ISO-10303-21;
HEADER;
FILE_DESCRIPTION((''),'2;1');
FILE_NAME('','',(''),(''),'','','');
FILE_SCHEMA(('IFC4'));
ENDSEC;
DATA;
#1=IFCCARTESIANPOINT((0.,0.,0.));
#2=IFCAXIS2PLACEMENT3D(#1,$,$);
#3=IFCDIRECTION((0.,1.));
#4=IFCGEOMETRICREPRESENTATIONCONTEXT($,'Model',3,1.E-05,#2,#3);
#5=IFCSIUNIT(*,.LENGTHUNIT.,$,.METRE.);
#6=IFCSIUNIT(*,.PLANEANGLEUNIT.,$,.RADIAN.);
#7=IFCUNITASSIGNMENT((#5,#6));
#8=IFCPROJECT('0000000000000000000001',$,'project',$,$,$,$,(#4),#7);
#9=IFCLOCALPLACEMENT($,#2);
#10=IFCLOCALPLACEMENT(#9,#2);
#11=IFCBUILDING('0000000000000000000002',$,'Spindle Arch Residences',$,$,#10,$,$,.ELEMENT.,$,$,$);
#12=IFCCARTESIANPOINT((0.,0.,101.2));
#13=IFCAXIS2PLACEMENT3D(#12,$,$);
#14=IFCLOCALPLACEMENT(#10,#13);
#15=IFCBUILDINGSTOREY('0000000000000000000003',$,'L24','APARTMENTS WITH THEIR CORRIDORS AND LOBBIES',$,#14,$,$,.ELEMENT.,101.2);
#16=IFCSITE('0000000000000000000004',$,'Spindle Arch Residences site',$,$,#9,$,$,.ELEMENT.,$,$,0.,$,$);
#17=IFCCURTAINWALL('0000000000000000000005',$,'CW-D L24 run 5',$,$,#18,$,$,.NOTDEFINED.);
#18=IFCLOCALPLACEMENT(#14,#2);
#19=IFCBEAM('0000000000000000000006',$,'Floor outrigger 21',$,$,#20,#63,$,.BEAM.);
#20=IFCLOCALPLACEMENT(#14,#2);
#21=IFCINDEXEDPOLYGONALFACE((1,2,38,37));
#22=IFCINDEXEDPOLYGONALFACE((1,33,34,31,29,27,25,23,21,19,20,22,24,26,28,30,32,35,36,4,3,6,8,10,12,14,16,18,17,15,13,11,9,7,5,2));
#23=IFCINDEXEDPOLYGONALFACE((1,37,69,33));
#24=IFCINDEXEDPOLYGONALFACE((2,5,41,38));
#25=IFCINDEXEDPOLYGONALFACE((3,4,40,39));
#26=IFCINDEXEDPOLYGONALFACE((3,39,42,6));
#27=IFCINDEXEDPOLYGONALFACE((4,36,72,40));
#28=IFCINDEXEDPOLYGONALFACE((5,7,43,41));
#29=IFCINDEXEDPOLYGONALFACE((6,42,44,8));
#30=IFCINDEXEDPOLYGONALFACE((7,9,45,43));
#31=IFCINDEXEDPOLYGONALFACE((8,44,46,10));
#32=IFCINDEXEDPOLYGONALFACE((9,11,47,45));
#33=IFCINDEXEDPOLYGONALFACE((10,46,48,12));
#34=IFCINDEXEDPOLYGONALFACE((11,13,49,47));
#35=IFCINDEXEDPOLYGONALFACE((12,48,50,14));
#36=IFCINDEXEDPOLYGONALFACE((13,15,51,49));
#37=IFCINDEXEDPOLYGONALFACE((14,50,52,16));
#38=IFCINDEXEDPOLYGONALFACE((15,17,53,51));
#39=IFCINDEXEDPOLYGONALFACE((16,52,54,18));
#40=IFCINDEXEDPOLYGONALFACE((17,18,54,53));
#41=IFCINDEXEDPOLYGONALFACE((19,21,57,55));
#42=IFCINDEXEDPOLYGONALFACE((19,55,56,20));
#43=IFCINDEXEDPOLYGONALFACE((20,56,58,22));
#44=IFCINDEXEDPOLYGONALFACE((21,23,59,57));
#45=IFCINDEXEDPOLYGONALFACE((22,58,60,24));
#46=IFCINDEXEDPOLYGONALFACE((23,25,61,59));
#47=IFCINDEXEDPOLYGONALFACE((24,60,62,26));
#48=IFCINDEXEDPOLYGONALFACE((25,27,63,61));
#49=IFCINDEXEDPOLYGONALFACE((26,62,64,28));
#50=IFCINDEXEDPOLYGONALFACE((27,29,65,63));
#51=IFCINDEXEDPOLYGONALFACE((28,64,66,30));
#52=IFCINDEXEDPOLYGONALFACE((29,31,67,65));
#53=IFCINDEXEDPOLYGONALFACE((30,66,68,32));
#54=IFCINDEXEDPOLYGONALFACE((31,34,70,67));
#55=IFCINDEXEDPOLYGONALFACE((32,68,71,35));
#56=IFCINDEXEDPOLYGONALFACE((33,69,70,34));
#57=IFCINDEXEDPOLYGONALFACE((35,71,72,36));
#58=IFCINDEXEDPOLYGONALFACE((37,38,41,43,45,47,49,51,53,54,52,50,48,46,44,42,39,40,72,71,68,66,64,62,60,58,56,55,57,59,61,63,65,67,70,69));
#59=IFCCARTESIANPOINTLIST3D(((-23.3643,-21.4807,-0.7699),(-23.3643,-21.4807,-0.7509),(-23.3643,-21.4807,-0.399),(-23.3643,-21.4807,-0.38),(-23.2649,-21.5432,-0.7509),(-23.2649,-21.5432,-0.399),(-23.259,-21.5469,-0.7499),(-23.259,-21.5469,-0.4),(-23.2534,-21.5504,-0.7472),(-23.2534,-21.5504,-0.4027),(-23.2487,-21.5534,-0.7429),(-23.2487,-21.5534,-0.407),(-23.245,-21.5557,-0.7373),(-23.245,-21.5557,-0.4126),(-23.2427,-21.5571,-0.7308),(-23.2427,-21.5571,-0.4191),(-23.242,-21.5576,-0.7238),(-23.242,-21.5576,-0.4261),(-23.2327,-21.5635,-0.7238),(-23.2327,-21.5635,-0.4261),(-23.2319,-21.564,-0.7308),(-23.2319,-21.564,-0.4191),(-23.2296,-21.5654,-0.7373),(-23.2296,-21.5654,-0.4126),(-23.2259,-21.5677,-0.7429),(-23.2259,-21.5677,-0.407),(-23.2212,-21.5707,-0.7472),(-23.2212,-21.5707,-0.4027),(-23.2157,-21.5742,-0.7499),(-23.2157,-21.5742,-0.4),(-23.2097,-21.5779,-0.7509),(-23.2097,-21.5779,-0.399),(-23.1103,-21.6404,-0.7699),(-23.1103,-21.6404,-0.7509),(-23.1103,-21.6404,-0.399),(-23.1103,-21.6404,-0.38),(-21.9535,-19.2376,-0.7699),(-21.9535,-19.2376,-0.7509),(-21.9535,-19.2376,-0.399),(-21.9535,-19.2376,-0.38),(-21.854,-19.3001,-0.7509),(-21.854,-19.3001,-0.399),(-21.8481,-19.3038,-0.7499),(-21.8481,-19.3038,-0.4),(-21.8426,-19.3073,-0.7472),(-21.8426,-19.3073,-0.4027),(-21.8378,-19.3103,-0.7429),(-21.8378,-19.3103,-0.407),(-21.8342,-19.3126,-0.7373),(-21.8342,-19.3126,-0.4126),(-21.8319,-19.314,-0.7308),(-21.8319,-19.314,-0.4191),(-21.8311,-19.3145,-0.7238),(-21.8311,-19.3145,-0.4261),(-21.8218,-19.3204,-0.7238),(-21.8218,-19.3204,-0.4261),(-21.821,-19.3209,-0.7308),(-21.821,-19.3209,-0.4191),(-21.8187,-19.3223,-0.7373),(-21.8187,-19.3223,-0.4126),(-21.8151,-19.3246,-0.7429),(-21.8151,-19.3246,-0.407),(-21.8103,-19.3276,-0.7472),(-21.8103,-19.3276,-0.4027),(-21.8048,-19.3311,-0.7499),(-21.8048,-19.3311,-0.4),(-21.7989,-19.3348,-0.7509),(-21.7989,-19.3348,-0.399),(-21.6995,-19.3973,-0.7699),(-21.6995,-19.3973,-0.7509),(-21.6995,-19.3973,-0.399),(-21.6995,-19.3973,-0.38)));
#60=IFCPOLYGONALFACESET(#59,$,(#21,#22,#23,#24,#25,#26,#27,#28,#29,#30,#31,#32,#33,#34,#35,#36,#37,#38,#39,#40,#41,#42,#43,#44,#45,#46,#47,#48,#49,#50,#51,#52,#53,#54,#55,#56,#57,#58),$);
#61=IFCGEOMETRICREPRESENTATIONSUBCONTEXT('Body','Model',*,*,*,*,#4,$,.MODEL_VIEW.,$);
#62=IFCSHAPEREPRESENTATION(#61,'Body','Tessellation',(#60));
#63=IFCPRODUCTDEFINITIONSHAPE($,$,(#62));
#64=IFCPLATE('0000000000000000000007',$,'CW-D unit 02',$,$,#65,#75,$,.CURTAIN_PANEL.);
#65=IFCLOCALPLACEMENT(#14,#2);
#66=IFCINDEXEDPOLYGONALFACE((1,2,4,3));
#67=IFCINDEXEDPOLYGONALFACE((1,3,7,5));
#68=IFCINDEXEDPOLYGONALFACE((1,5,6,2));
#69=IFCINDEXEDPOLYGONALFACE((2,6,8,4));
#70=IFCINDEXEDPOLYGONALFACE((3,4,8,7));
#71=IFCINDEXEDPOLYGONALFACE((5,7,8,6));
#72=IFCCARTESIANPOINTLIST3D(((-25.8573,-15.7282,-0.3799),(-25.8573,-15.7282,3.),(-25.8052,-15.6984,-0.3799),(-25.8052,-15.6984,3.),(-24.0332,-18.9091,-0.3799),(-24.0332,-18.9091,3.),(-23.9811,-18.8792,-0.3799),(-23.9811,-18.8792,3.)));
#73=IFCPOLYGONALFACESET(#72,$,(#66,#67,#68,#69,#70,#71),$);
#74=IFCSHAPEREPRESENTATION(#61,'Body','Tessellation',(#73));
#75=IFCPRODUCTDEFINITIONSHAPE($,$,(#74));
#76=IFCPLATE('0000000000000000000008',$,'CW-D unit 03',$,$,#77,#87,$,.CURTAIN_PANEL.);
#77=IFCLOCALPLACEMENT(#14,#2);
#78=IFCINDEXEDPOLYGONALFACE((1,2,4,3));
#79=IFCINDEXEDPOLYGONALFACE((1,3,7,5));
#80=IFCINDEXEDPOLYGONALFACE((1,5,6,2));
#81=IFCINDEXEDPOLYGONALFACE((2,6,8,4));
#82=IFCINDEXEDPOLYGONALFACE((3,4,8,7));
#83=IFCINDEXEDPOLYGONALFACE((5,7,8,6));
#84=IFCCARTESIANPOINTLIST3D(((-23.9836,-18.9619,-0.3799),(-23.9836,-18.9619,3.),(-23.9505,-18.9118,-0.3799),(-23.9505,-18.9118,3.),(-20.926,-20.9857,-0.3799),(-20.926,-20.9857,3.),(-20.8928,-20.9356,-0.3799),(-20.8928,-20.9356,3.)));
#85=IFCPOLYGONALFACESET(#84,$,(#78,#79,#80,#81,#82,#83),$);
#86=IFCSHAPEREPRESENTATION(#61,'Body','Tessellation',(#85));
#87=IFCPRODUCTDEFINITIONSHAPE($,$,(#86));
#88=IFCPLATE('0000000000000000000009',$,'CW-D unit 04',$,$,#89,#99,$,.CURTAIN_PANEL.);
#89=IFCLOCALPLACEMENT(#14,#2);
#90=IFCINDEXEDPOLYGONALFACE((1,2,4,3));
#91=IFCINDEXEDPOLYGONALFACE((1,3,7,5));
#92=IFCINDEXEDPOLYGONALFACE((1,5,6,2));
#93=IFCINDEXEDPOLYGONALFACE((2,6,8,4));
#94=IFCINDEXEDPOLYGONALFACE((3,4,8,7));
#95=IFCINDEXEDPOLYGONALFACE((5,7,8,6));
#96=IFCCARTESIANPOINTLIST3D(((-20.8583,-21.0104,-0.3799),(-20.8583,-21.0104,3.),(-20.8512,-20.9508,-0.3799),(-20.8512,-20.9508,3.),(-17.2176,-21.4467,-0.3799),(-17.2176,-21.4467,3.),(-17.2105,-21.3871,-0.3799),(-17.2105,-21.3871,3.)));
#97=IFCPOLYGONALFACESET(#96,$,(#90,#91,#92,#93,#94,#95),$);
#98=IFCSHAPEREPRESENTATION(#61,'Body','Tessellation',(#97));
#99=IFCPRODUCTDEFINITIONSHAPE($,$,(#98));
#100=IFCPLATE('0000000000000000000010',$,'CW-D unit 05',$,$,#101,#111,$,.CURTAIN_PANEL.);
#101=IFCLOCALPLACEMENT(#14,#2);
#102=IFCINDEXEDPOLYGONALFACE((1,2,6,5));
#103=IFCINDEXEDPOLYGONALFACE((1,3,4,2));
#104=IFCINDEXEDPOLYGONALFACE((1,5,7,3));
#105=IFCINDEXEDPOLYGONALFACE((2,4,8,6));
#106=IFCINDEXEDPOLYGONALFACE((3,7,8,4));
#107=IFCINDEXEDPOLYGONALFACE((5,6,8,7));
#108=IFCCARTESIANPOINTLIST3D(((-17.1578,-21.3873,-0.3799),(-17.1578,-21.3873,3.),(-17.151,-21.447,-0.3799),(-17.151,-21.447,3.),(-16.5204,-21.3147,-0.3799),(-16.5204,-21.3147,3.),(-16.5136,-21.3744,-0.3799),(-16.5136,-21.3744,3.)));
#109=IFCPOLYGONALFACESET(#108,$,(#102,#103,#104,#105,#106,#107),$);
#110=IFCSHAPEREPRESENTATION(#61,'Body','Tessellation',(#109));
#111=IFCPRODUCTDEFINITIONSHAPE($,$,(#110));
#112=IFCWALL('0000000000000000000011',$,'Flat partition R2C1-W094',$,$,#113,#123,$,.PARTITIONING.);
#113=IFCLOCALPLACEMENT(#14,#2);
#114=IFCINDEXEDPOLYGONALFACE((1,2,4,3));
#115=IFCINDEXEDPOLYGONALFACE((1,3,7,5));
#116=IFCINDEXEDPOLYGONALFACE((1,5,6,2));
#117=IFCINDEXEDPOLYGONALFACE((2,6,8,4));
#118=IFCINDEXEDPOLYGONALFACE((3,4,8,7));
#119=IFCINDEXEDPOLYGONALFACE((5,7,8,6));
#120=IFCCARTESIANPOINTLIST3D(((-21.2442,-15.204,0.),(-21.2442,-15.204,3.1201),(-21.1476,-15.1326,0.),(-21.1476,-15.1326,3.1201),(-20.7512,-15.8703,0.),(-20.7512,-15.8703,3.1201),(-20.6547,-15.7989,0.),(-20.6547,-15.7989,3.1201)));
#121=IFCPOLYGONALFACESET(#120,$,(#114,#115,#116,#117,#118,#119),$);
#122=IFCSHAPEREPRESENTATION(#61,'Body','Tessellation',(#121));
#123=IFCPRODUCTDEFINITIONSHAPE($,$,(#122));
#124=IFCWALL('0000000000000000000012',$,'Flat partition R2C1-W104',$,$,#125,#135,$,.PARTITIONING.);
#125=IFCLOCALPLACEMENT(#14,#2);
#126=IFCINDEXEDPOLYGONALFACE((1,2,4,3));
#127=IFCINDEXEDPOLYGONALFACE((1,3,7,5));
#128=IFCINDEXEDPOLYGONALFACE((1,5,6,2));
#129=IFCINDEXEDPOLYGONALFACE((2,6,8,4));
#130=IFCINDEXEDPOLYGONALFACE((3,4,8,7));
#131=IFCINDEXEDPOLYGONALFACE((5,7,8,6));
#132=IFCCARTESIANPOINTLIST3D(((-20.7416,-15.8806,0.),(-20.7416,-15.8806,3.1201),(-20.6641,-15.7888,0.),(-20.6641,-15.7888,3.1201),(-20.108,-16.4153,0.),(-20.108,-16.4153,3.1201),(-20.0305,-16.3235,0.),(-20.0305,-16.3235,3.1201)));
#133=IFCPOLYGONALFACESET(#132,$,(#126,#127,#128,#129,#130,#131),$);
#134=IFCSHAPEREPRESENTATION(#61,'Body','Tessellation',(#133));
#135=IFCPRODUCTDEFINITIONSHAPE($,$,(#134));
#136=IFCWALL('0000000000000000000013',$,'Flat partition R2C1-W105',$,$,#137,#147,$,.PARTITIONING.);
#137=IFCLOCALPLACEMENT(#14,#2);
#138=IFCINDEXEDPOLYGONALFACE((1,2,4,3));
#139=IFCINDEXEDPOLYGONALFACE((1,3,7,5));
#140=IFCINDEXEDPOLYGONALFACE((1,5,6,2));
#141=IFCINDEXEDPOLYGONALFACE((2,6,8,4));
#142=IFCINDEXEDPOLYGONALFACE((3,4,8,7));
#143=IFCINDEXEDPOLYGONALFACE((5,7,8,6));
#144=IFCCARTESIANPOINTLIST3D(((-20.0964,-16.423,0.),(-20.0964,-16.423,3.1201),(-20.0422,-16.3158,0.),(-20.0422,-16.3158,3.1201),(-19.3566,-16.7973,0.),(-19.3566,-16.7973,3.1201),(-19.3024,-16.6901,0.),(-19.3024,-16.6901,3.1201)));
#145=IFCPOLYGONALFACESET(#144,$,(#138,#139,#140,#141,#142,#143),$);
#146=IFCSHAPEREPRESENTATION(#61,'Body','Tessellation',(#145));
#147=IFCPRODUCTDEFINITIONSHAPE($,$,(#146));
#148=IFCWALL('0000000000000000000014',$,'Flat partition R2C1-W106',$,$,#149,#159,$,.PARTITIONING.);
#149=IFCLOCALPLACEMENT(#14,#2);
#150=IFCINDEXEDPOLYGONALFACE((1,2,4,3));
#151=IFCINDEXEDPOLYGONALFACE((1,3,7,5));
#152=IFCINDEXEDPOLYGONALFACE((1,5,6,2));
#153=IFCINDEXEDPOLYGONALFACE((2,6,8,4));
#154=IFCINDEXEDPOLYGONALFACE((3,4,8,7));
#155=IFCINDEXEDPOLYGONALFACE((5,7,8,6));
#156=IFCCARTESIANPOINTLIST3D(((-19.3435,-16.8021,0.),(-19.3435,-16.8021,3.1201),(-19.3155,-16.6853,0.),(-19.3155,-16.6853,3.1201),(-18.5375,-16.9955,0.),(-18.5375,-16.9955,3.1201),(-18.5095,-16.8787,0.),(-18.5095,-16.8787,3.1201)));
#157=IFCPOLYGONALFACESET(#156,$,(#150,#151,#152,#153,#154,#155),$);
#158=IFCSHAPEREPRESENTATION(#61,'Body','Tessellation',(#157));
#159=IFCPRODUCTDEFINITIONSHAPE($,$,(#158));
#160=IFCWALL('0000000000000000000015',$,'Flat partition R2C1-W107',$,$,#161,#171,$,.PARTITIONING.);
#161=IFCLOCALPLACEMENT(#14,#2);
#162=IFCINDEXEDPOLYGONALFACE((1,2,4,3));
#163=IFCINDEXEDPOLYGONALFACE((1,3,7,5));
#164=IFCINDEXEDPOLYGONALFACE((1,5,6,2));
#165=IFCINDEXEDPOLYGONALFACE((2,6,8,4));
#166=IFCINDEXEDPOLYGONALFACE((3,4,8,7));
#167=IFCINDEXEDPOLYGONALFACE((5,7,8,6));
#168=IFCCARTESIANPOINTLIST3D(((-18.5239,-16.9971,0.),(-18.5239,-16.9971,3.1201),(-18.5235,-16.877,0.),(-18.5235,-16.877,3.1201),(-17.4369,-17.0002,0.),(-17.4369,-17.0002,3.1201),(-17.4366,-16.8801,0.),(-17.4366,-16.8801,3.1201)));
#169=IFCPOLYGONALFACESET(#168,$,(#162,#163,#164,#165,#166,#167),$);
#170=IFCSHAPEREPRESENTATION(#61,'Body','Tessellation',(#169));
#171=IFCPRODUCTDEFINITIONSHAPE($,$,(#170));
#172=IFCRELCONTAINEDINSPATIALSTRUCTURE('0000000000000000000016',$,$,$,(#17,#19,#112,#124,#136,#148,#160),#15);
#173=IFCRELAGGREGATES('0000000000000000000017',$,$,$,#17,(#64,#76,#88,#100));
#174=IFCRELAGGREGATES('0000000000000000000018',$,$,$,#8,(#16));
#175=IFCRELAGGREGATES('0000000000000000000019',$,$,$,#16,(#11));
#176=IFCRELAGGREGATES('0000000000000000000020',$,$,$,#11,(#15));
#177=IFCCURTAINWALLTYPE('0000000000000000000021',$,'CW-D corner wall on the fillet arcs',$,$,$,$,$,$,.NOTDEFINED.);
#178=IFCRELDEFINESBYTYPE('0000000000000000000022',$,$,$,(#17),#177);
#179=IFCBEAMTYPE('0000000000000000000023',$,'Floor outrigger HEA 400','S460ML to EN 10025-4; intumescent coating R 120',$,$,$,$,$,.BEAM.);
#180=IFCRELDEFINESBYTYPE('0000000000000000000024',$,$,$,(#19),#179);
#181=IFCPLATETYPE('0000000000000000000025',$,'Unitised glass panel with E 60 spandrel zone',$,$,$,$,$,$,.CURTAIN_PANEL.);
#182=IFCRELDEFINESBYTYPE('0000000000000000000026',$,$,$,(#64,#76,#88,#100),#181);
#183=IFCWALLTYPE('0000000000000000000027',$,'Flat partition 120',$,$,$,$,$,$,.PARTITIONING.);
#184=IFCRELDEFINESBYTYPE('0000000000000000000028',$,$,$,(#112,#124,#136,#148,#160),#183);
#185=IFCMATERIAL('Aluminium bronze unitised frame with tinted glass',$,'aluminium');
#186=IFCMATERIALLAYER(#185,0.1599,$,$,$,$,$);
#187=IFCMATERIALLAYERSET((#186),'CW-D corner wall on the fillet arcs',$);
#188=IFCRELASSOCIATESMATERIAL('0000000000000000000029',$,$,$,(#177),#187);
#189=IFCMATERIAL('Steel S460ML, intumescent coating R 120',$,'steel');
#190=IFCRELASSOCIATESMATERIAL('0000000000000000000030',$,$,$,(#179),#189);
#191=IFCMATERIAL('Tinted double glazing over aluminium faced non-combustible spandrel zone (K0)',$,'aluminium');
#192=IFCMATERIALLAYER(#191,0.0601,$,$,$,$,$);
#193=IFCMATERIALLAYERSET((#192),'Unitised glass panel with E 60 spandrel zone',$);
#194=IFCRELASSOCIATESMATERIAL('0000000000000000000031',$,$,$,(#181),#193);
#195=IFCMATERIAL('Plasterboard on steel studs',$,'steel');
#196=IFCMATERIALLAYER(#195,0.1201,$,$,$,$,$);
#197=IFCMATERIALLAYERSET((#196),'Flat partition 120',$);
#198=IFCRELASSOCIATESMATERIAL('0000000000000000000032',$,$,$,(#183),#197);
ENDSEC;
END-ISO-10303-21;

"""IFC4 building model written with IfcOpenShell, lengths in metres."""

from ifc_helpers import new_model, si_unit, direction, frame, frame_2d, origin, origin_2d, place, context, subcontext, project, spatial, rectangle, i_section, extrude, material, layer, layer_set, material_profile, profile_set, type_object, element, aggregate, save


model = new_model("IFC4")

# Units and contexts
model_context = context("Model", 3, precision=1e-05, world=origin(), true_north=direction((0.0, 1.0)))
body_context = subcontext(model_context, "Body", "Model", "MODEL_VIEW")
ifc_project = project(units=[si_unit("LENGTHUNIT", "METRE"), si_unit("PLANEANGLEUNIT", "RADIAN")], contexts=[model_context])

# Site, building, storey
site_placement = place(None, origin())
site = spatial("IfcSite", under=ifc_project, at=site_placement, Name="Spindle Arch Residences site", CompositionType="ELEMENT", RefElevation=0.0)
building_placement = place(site_placement, origin())
building = spatial("IfcBuilding", under=site, at=building_placement, Name="Spindle Arch Residences", CompositionType="ELEMENT")
storey_placement = place(building_placement, frame((0.0, 0.0, 101.2)))
storey = spatial("IfcBuildingStorey", under=building, at=storey_placement, Name="L24", Description="APARTMENTS WITH THEIR CORRIDORS AND LOBBIES", CompositionType="ELEMENT", Elevation=101.2)

# Curtain wall
ifc_material_1 = material(Name="Aluminium bronze unitised frame with tinted glass", Category="aluminium")
ifc_layer_1 = layer(ifc_material_1, 0.1599)
ifc_layer_set_1 = layer_set([ifc_layer_1], Name="CW-D corner wall on the fillet arcs")
curtain_wall_type_1 = type_object("IfcCurtainWallType", Name="CW-D corner wall on the fillet arcs", PredefinedType="NOTDEFINED", material=ifc_layer_set_1)
curtain_wall_1_placement = place(storey_placement, origin())
curtain_wall_1 = element("IfcCurtainWall", 1, at=curtain_wall_1_placement, inside=storey, type_object=curtain_wall_type_1, Name="CW-D L24 run 5", PredefinedType="NOTDEFINED")

# Beam
ifc_material_2 = material(Name="Steel S460ML, intumescent coating R 120", Category="steel")
ifc_material_profile_1 = material_profile(ifc_material_2, i_section(OverallWidth=0.3, OverallDepth=0.3899, WebThickness=0.011, FlangeThickness=0.019, FilletRadius=0.0271, at=origin_2d()), Name="HEA 400")
ifc_profile_set_1 = profile_set([ifc_material_profile_1], Name="Steel S460ML, intumescent coating R 120")
beam_type_1 = type_object("IfcBeamType", Name="Floor outrigger HEA 400", Description="S460ML to EN 10025-4; intumescent coating R 120", PredefinedType="BEAM", material=ifc_profile_set_1)
for number, where, z_axis, x_axis, name in (
    (2, (-23.2373, -21.5605, -0.575), (0.532415, 0.846484, 0.0), (-0.846484, 0.532415, 0.0), "Floor outrigger 21"),
):
    element("IfcBeam", number, at=place(storey_placement, frame(where, z_axis=z_axis, x_axis=x_axis)), inside=storey, type_object=beam_type_1, Name=name, PredefinedType="BEAM", context=body_context, shape_type="SweptSolid", body=[
        extrude(i_section(OverallWidth=0.3, OverallDepth=0.3899, WebThickness=0.011, FlangeThickness=0.019, FilletRadius=0.0271, at=origin_2d()), origin(), (0.0, 0.0, 1.0), 2.6499),
    ])

# Plates
ifc_material_3 = material(Name="Tinted double glazing over aluminium faced non-combustible spandrel zone (K0)", Category="aluminium")
ifc_layer_2 = layer(ifc_material_3, 0.0601)
ifc_layer_set_2 = layer_set([ifc_layer_2], Name="Unitised glass panel with E 60 spandrel zone")
plate_type = type_object("IfcPlateType", Name="Unitised glass panel with E 60 spandrel zone", PredefinedType="CURTAIN_PANEL", material=ifc_layer_set_2)
plate_1_placement = place(storey_placement, frame((-24.9192, -17.3037, -0.3799), z_axis=(0.0, 0.0, 1.0), x_axis=(0.497479, -0.867476, 0.0)))
plate_1 = element("IfcPlate", 3, at=plate_1_placement, type_object=plate_type, Name="CW-D unit 02", PredefinedType="CURTAIN_PANEL", context=body_context, shape_type="SweptSolid", body=[
    extrude(rectangle(XDim=3.6667, YDim=0.0601, at=origin_2d()), origin(), (0.0, 0.0, 1.0), 3.3799),
])
plate_2_placement = place(storey_placement, frame((-22.4382, -19.9487, -0.3799), z_axis=(0.0, 0.0, 1.0), x_axis=(0.833886, -0.551937, 0.0)))
plate_2 = element("IfcPlate", 4, at=plate_2_placement, type_object=plate_type, Name="CW-D unit 03", PredefinedType="CURTAIN_PANEL", context=body_context, shape_type="SweptSolid", body=[
    extrude(rectangle(XDim=3.6667, YDim=0.0601, at=origin_2d()), origin(), (0.0, 0.0, 1.0), 3.3799),
])
plate_3_placement = place(storey_placement, frame((-19.0344, -21.1987, -0.3799), z_axis=(0.0, 0.0, 1.0), x_axis=(0.992896, -0.118982, 0.0)))
plate_3 = element("IfcPlate", 5, at=plate_3_placement, type_object=plate_type, Name="CW-D unit 04", PredefinedType="CURTAIN_PANEL", context=body_context, shape_type="SweptSolid", body=[
    extrude(rectangle(XDim=3.6667, YDim=0.0601, at=origin_2d()), origin(), (0.0, 0.0, 1.0), 3.3799),
])
plate_4_placement = place(storey_placement, frame((-16.8357, -21.3809, -0.3799), z_axis=(0.0, 0.0, 1.0), x_axis=(0.993572, 0.113203, 0.0)))
plate_4 = element("IfcPlate", 6, at=plate_4_placement, type_object=plate_type, Name="CW-D unit 05", PredefinedType="CURTAIN_PANEL", context=body_context, shape_type="SweptSolid", body=[
    extrude(rectangle(XDim=0.6416, YDim=0.0601, at=origin_2d()), origin(), (0.0, 0.0, 1.0), 3.3799),
])
aggregate(curtain_wall_1, [plate_1, plate_2, plate_3, plate_4])

# Walls
ifc_material_4 = material(Name="Plasterboard on steel studs", Category="steel")
ifc_layer_3 = layer(ifc_material_4, 0.1201)
ifc_layer_set_3 = layer_set([ifc_layer_3], Name="Flat partition 120")
wall_type_1 = type_object("IfcWallType", Name="Flat partition 120", PredefinedType="PARTITIONING", material=ifc_layer_set_3)
wall_1_placement = place(storey_placement, frame((-20.7029, -15.8347, 0.0), z_axis=(0.0, 0.0, 1.0), x_axis=(-0.594755, 0.803907, 0.0)))
element("IfcWall", 7, at=wall_1_placement, inside=storey, type_object=wall_type_1, Name="Flat partition R2C1-W094", PredefinedType="PARTITIONING", context=body_context, shape_type="SweptSolid", body=[
    extrude(rectangle(XDim=0.8289, YDim=0.1201, at=frame_2d((0.4146, 0.0))), origin(), (0.0, 0.0, 1.0), 3.1201),
])
for number, where, z_axis, x_axis, name in (
    (8, (-20.7029, -15.8347, 0.0), (0.0, 0.0, 1.0), (0.764223, -0.644952, 0.0), "Flat partition R2C1-W104"),
    (9, (-20.0693, -16.3694, 0.0), (0.0, 0.0, 1.0), (0.892297, -0.451449, 0.0), "Flat partition R2C1-W105"),
):
    element("IfcWall", number, at=place(storey_placement, frame(where, z_axis=z_axis, x_axis=x_axis)), inside=storey, type_object=wall_type_1, Name=name, PredefinedType="PARTITIONING", context=body_context, shape_type="SweptSolid", body=[
        extrude(rectangle(XDim=0.8291, YDim=0.1201, at=frame_2d((0.4146, 0.0))), origin(), (0.0, 0.0, 1.0), 3.1201),
    ])
wall_2_placement = place(storey_placement, frame((-19.3296, -16.7437, 0.0), z_axis=(0.0, 0.0, 1.0), x_axis=(0.972403, -0.233306, 0.0)))
element("IfcWall", 10, at=wall_2_placement, inside=storey, type_object=wall_type_1, Name="Flat partition R2C1-W106", PredefinedType="PARTITIONING", context=body_context, shape_type="SweptSolid", body=[
    extrude(rectangle(XDim=0.8289, YDim=0.1201, at=frame_2d((0.4146, 0.0))), origin(), (0.0, 0.0, 1.0), 3.1201),
])
wall_3_placement = place(storey_placement, frame((-18.5237, -16.937, 0.0), z_axis=(0.0, 0.0, 1.0), x_axis=(0.999996, -0.00292, 0.0)))
element("IfcWall", 11, at=wall_3_placement, inside=storey, type_object=wall_type_1, Name="Flat partition R2C1-W107", PredefinedType="PARTITIONING", context=body_context, shape_type="SweptSolid", body=[
    extrude(rectangle(XDim=1.0869, YDim=0.1201, at=frame_2d((0.5435, 0.0))), origin(), (0.0, 0.0, 1.0), 3.1201),
])

save(model, "model.ifc")
